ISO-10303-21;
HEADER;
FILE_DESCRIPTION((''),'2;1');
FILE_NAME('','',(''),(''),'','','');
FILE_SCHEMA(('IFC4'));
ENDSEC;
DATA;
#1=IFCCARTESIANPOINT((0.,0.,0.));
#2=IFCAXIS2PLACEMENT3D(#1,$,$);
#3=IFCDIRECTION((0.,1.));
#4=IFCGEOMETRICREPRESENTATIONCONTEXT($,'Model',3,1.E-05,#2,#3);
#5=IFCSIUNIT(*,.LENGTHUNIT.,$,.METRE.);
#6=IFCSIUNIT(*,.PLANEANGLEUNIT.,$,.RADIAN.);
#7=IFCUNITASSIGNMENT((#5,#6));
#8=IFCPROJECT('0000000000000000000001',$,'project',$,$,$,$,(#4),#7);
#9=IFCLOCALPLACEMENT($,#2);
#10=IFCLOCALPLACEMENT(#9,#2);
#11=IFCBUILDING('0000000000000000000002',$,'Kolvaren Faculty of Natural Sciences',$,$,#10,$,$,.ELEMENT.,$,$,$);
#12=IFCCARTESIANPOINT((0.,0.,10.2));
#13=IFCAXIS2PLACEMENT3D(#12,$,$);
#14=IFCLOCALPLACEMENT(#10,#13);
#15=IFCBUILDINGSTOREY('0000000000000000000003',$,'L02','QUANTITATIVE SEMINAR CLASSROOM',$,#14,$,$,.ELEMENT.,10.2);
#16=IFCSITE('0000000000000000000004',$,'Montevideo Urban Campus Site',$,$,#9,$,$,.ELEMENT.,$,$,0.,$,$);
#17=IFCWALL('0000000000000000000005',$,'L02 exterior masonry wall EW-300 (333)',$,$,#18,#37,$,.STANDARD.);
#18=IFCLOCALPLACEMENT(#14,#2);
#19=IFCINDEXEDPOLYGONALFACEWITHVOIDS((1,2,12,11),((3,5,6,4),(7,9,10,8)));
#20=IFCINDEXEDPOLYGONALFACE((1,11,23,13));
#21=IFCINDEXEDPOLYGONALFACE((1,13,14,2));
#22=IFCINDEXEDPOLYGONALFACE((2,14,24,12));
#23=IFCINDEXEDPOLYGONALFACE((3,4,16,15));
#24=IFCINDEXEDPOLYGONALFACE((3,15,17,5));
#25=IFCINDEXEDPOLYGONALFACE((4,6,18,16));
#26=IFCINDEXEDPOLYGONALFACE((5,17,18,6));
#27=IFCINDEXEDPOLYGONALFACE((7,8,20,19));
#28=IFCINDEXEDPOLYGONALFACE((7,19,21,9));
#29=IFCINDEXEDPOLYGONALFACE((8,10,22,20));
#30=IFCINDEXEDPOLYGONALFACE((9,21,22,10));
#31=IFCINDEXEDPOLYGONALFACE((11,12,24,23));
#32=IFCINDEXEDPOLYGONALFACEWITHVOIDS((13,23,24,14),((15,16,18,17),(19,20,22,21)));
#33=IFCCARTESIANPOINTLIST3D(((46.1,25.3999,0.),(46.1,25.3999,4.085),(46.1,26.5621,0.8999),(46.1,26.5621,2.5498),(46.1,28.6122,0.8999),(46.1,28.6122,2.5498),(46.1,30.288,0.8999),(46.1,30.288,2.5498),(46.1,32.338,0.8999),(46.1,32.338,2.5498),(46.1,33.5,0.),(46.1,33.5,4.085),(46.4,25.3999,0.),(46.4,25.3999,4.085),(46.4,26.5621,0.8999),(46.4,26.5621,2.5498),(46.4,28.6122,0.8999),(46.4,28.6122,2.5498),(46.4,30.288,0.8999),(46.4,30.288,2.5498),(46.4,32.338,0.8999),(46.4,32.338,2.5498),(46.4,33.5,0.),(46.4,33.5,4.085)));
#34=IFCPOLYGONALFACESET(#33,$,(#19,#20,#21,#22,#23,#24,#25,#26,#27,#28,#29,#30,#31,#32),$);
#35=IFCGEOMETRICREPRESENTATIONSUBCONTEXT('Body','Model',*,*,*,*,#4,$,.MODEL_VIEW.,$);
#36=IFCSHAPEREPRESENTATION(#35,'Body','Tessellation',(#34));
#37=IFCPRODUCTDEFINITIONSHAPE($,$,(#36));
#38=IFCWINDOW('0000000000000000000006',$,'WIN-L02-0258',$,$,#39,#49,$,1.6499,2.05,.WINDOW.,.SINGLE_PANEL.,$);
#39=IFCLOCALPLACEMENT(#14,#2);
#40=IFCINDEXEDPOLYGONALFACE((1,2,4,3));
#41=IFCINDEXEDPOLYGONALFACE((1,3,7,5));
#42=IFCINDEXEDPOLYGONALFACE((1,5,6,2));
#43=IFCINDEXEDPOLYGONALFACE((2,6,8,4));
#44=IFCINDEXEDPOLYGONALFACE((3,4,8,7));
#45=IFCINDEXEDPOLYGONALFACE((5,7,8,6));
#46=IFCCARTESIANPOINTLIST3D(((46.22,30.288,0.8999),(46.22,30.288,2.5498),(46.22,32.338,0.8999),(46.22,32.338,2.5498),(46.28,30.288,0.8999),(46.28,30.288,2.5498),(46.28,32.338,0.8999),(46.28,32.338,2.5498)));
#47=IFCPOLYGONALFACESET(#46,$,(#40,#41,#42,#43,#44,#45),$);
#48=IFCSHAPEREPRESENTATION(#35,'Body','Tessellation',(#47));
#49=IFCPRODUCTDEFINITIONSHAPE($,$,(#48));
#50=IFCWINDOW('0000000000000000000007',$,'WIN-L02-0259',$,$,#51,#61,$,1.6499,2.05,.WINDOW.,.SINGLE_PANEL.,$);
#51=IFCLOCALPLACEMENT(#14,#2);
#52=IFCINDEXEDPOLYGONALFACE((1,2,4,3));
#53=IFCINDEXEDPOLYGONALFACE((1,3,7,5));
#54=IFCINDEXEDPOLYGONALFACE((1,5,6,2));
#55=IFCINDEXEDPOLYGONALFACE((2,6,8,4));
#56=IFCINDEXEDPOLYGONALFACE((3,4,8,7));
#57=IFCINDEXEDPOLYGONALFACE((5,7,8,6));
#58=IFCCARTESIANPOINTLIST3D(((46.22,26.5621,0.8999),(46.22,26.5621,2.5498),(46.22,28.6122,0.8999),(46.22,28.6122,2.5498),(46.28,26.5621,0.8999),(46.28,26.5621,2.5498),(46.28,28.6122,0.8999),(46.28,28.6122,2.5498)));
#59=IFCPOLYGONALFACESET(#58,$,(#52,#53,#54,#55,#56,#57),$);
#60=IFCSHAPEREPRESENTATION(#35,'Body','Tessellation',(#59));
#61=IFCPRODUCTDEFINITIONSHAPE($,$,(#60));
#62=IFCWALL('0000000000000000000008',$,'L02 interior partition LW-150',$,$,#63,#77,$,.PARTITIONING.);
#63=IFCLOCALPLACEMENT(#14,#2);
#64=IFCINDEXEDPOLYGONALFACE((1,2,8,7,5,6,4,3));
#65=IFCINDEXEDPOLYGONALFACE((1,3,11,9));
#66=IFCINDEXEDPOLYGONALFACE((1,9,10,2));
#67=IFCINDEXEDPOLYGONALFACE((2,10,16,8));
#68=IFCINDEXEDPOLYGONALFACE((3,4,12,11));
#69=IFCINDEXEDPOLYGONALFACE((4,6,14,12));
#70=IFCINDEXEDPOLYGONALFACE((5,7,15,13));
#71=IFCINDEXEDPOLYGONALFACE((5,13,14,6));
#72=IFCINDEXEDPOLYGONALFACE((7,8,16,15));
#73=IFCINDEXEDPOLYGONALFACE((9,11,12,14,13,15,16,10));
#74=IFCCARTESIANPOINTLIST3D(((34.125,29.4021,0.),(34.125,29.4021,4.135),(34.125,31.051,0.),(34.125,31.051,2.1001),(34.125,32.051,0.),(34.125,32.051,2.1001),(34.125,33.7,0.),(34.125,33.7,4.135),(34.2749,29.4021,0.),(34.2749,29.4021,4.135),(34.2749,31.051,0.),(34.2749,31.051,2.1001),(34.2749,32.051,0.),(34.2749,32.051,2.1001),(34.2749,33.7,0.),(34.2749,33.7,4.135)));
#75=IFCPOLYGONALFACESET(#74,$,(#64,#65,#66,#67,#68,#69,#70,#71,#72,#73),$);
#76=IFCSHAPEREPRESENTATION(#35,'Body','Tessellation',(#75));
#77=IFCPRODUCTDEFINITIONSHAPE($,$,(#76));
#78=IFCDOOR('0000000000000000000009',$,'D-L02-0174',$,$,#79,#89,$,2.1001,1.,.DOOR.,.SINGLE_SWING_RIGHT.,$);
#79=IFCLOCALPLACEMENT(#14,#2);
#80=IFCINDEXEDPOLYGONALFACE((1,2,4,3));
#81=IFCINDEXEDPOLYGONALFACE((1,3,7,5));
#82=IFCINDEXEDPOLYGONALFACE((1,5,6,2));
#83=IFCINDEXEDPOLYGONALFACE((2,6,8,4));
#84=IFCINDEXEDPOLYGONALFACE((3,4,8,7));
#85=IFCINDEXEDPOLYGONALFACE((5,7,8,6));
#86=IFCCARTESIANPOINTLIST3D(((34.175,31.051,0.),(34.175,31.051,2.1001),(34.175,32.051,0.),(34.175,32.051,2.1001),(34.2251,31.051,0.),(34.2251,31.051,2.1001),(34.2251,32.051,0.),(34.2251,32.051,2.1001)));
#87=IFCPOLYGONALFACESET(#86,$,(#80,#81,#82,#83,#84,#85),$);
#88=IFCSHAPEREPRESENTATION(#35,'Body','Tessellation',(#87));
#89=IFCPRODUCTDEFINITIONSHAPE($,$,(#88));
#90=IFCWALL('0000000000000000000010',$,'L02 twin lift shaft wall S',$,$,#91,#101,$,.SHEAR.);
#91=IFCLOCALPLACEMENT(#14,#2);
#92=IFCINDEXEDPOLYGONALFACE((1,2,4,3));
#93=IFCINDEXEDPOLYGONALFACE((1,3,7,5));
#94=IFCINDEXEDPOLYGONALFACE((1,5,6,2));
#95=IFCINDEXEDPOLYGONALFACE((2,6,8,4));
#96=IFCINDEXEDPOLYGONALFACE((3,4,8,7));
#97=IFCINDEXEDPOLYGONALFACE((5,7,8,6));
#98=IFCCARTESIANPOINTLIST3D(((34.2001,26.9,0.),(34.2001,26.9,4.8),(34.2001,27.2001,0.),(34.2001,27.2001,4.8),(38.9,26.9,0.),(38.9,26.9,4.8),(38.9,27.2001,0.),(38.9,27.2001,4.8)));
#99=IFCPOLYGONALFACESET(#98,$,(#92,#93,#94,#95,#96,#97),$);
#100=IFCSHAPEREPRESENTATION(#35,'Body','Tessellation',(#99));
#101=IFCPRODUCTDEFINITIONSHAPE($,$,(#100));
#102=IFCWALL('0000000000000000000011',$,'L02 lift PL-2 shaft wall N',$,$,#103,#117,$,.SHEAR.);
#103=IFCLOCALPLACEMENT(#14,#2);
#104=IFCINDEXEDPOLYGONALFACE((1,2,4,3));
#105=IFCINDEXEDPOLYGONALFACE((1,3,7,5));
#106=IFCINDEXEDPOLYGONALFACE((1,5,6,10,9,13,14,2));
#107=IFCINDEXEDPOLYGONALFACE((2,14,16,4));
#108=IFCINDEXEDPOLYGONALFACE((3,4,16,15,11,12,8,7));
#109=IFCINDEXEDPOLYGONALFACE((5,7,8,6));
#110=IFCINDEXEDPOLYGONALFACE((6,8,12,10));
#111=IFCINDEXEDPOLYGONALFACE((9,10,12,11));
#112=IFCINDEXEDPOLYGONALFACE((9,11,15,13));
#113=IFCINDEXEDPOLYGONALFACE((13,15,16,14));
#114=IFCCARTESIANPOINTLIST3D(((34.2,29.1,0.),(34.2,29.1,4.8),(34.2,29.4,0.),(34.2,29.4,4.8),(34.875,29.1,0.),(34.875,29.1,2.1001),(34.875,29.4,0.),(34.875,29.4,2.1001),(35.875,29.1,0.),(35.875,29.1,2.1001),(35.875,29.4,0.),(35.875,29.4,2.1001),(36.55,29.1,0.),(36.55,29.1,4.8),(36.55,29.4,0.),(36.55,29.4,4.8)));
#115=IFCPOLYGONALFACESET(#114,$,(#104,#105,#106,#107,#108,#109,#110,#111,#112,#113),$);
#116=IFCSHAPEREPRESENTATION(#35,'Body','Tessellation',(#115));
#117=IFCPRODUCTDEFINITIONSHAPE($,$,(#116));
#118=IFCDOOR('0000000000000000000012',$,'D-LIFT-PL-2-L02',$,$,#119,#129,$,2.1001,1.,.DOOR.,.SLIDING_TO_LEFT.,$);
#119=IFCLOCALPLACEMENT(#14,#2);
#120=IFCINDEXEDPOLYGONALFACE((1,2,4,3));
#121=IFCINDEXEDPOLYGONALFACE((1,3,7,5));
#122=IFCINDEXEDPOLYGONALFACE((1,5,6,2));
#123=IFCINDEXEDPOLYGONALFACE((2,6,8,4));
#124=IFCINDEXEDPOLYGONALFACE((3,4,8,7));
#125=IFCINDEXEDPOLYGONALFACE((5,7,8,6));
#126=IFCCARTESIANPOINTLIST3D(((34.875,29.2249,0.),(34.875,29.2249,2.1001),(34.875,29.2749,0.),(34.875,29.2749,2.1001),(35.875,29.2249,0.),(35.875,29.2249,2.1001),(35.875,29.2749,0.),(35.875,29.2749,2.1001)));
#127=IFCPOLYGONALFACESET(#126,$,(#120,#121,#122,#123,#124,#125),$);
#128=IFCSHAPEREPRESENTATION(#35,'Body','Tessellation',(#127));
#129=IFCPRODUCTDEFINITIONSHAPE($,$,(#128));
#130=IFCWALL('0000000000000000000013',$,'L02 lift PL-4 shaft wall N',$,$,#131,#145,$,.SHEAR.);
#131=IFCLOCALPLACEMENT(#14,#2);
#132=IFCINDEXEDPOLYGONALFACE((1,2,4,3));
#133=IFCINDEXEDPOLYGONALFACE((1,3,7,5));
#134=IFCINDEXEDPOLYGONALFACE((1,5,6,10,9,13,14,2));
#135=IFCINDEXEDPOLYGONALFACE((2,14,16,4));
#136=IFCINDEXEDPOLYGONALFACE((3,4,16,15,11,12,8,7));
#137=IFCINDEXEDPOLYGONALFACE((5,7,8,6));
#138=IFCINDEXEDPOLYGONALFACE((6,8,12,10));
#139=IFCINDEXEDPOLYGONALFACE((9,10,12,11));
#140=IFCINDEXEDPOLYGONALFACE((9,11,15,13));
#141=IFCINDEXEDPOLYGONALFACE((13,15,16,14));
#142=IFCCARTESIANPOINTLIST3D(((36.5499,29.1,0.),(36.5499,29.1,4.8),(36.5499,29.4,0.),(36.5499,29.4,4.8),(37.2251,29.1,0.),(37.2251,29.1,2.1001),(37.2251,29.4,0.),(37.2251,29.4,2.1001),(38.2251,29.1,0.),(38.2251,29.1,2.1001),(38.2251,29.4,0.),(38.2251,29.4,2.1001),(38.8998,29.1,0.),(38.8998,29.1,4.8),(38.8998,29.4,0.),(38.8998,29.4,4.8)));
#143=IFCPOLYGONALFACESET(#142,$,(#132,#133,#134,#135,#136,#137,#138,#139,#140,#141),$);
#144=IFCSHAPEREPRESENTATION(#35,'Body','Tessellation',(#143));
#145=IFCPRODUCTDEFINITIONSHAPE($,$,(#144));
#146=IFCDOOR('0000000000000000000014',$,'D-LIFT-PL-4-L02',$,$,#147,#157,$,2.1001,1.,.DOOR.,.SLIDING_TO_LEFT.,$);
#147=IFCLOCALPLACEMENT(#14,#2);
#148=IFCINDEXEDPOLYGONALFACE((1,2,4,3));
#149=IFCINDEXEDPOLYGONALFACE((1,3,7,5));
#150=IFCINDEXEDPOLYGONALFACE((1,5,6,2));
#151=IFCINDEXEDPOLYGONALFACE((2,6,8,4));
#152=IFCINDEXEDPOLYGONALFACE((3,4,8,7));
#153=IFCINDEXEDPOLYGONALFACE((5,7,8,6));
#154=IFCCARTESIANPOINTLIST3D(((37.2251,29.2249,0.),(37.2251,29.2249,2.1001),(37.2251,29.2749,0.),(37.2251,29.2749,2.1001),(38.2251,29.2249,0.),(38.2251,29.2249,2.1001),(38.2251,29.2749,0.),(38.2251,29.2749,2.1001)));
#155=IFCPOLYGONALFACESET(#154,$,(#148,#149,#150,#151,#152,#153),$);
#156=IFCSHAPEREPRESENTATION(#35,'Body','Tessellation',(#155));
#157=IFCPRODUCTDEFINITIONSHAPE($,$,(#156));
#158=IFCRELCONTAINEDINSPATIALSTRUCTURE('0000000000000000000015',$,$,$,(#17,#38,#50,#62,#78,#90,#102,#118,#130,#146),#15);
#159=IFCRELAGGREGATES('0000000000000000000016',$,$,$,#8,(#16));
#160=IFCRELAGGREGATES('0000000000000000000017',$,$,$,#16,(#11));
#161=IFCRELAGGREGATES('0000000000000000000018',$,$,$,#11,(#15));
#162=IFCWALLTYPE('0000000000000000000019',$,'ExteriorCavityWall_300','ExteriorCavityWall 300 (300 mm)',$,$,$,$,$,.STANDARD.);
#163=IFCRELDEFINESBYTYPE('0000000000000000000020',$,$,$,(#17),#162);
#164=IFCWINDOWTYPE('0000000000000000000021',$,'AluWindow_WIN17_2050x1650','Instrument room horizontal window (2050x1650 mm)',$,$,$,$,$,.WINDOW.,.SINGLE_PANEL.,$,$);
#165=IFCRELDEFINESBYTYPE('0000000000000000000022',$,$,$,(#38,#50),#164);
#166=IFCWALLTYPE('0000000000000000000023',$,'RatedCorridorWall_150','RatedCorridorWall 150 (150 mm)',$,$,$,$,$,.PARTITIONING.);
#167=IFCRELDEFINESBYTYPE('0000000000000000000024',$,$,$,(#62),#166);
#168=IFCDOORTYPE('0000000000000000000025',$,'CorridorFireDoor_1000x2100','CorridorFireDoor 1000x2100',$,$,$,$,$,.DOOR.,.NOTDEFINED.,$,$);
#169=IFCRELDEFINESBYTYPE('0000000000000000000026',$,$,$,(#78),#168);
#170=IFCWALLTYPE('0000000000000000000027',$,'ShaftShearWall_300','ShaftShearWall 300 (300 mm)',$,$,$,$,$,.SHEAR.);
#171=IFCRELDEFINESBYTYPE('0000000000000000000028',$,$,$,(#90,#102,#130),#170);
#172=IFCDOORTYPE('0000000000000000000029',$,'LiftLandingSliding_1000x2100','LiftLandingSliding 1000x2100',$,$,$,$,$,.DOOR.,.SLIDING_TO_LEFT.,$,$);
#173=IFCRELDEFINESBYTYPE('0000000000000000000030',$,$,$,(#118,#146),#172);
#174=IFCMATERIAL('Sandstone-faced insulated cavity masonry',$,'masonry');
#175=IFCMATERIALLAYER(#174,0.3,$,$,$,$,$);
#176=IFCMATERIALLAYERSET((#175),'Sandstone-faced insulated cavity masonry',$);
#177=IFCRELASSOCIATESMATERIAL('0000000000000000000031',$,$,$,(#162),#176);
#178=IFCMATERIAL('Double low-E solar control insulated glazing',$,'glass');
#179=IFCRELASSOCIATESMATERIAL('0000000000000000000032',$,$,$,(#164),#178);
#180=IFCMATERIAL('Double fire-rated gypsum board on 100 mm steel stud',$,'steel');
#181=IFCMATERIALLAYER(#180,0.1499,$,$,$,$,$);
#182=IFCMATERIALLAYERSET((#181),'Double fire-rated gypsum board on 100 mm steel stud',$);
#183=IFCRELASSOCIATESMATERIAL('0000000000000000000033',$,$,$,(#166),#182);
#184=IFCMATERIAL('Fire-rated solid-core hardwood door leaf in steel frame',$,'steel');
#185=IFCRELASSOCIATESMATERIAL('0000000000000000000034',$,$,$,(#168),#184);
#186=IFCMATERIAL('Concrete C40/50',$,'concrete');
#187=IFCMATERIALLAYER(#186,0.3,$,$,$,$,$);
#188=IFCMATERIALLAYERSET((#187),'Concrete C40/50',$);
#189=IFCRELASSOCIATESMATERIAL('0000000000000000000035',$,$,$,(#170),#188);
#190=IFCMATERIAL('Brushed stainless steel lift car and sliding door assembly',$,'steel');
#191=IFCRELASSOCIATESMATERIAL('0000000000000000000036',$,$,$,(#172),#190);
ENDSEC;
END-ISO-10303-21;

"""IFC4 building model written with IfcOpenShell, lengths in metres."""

from ifc_helpers import new_model, si_unit, direction, frame, frame_2d, origin, place, context, subcontext, project, spatial, rectangle, extrude, material, layer, layer_set, type_object, element, fill, save


model = new_model("IFC4")

# Units and contexts
model_context = context("Model", 3, precision=1e-05, world=origin(), true_north=direction((0.0, 1.0)))
body_context = subcontext(model_context, "Body", "Model", "MODEL_VIEW")
ifc_project = project(units=[si_unit("LENGTHUNIT", "METRE"), si_unit("PLANEANGLEUNIT", "RADIAN")], contexts=[model_context])

# Site, building, storey
site_placement = place(None, origin())
site = spatial("IfcSite", under=ifc_project, at=site_placement, Name="Montevideo Urban Campus Site", CompositionType="ELEMENT", RefElevation=0.0)
building_placement = place(site_placement, origin())
building = spatial("IfcBuilding", under=site, at=building_placement, Name="Kolvaren Faculty of Natural Sciences", CompositionType="ELEMENT")
storey_placement = place(building_placement, frame((0.0, 0.0, 10.2)))
storey = spatial("IfcBuildingStorey", under=building, at=storey_placement, Name="L02", Description="QUANTITATIVE SEMINAR CLASSROOM", CompositionType="ELEMENT", Elevation=10.2)

# Shared definitions
ifc_material_1 = material(Name="Sandstone-faced insulated cavity masonry", Category="masonry")
ifc_layer_1 = layer(ifc_material_1, 0.3)
ifc_layer_set_1 = layer_set([ifc_layer_1], Name="Sandstone-faced insulated cavity masonry")
wall_type_1 = type_object("IfcWallType", Name="ExteriorCavityWall_300", Description="ExteriorCavityWall 300 (300 mm)", PredefinedType="STANDARD", material=ifc_layer_set_1)

# Wall, openings, windows
wall_1_placement = place(storey_placement, frame((46.25, 33.5, 0.0), z_axis=(0.0, 0.0, 1.0), x_axis=(0.0, -1.0, 0.0)))
wall_1 = element("IfcWall", 1, at=wall_1_placement, inside=storey, type_object=wall_type_1, Name="L02 exterior masonry wall EW-300 (333)", PredefinedType="STANDARD", context=body_context, shape_type="SweptSolid", body=[
    extrude(rectangle(XDim=8.1001, YDim=0.3, at=frame_2d((4.05, 0.0))), origin(), (0.0, 0.0, 1.0), 4.085),
])
opening_1_placement = place(wall_1_placement, frame((1.1621, 0.0, 0.8999)))
opening_1 = element("IfcOpeningElement", 2, at=opening_1_placement, cuts=wall_1, PredefinedType="OPENING", context=body_context, shape_type="SweptSolid", body=[
    extrude(rectangle(XDim=2.05, YDim=1.6499, at=frame_2d((1.0249, 0.825))), frame((0.0, 0.1599, 0.0), z_axis=(0.0, -1.0, 0.0), x_axis=(1.0, 0.0, 0.0)), (0.0, 0.0, 1.0), 0.3201),
])
opening_2_placement = place(wall_1_placement, frame((4.8879, 0.0, 0.8999)))
opening_2 = element("IfcOpeningElement", 3, at=opening_2_placement, cuts=wall_1, PredefinedType="OPENING", context=body_context, shape_type="SweptSolid", body=[
    extrude(rectangle(XDim=2.05, YDim=1.6499, at=frame_2d((1.0249, 0.825))), frame((0.0, 0.1599, 0.0), z_axis=(0.0, -1.0, 0.0), x_axis=(1.0, 0.0, 0.0)), (0.0, 0.0, 1.0), 0.3201),
])
ifc_material_2 = material(Name="Double low-E solar control insulated glazing", Category="glass")
window_type = type_object("IfcWindowType", Name="AluWindow_WIN17_2050x1650", Description="Instrument room horizontal window (2050x1650 mm)", PartitioningType="SINGLE_PANEL", PredefinedType="WINDOW", material=ifc_material_2)
window_1_placement = place(opening_1_placement, origin())
window_1 = element("IfcWindow", 4, at=window_1_placement, inside=storey, type_object=window_type, Name="WIN-L02-0258", OverallHeight=1.6499, OverallWidth=2.05, PartitioningType="SINGLE_PANEL", PredefinedType="WINDOW", context=body_context, shape_type="SweptSolid", body=[
    extrude(rectangle(XDim=2.05, YDim=1.6499, at=frame_2d((1.0249, 0.825))), frame((0.0, 0.03, 0.0), z_axis=(0.0, -1.0, 0.0), x_axis=(1.0, 0.0, 0.0)), (0.0, 0.0, 1.0), 0.0601),
])
fill(opening_1, window_1)
window_2_placement = place(opening_2_placement, origin())
window_2 = element("IfcWindow", 5, at=window_2_placement, inside=storey, type_object=window_type, Name="WIN-L02-0259", OverallHeight=1.6499, OverallWidth=2.05, PartitioningType="SINGLE_PANEL", PredefinedType="WINDOW", context=body_context, shape_type="SweptSolid", body=[
    extrude(rectangle(XDim=2.05, YDim=1.6499, at=frame_2d((1.0249, 0.825))), frame((0.0, 0.03, 0.0), z_axis=(0.0, -1.0, 0.0), x_axis=(1.0, 0.0, 0.0)), (0.0, 0.0, 1.0), 0.0601),
])
fill(opening_2, window_2)

# Wall, opening, door
ifc_material_3 = material(Name="Double fire-rated gypsum board on 100 mm steel stud", Category="steel")
ifc_layer_2 = layer(ifc_material_3, 0.1499)
ifc_layer_set_2 = layer_set([ifc_layer_2], Name="Double fire-rated gypsum board on 100 mm steel stud")
wall_type_2 = type_object("IfcWallType", Name="RatedCorridorWall_150", Description="RatedCorridorWall 150 (150 mm)", PredefinedType="PARTITIONING", material=ifc_layer_set_2)
wall_2_placement = place(storey_placement, frame((34.2, 29.4021, 0.0), z_axis=(0.0, 0.0, 1.0), x_axis=(0.0, 1.0, 0.0)))
wall_2 = element("IfcWall", 6, at=wall_2_placement, inside=storey, type_object=wall_type_2, Name="L02 interior partition LW-150", PredefinedType="PARTITIONING", context=body_context, shape_type="SweptSolid", body=[
    extrude(rectangle(XDim=4.2979, YDim=0.1499, at=frame_2d((2.1489, 0.0))), origin(), (0.0, 0.0, 1.0), 4.135),
])
opening_3_placement = place(wall_2_placement, frame((1.6489, 0.0, 0.0)))
opening_3 = element("IfcOpeningElement", 7, at=opening_3_placement, cuts=wall_2, PredefinedType="OPENING", context=body_context, shape_type="SweptSolid", body=[
    extrude(rectangle(XDim=1.0, YDim=2.1001, at=frame_2d((0.5, 1.05))), frame((0.0, 0.085, 0.0), z_axis=(0.0, -1.0, 0.0), x_axis=(1.0, 0.0, 0.0)), (0.0, 0.0, 1.0), 0.1699),
])
ifc_material_4 = material(Name="Fire-rated solid-core hardwood door leaf in steel frame", Category="steel")
door_type_1 = type_object("IfcDoorType", Name="CorridorFireDoor_1000x2100", Description="CorridorFireDoor 1000x2100", OperationType="NOTDEFINED", PredefinedType="DOOR", material=ifc_material_4)
door_1_placement = place(opening_3_placement, origin())
door_1 = element("IfcDoor", 8, at=door_1_placement, inside=storey, type_object=door_type_1, Name="D-L02-0174", OperationType="SINGLE_SWING_RIGHT", OverallHeight=2.1001, OverallWidth=1.0, PredefinedType="DOOR", context=body_context, shape_type="SweptSolid", body=[
    extrude(rectangle(XDim=1.0, YDim=2.1001, at=frame_2d((0.5, 1.05))), frame((0.0, 0.0249, 0.0), z_axis=(0.0, -1.0, 0.0), x_axis=(1.0, 0.0, 0.0)), (0.0, 0.0, 1.0), 0.05),
])
fill(opening_3, door_1)

# Wall
ifc_material_5 = material(Name="Concrete C40/50", Category="concrete")
ifc_layer_3 = layer(ifc_material_5, 0.3)
ifc_layer_set_3 = layer_set([ifc_layer_3], Name="Concrete C40/50")
wall_type_3 = type_object("IfcWallType", Name="ShaftShearWall_300", Description="ShaftShearWall 300 (300 mm)", PredefinedType="SHEAR", material=ifc_layer_set_3)
wall_3_placement = place(storey_placement, frame((34.2, 27.05, 0.0), z_axis=(0.0, 0.0, 1.0), x_axis=(1.0, 0.0, 0.0)))
element("IfcWall", 9, at=wall_3_placement, inside=storey, type_object=wall_type_3, Name="L02 twin lift shaft wall S", PredefinedType="SHEAR", context=body_context, shape_type="SweptSolid", body=[
    extrude(rectangle(XDim=4.7, YDim=0.3, at=frame_2d((2.3501, 0.0))), origin(), (0.0, 0.0, 1.0), 4.8),
])

# Walls, openings, doors
wall_4_placement = place(storey_placement, frame((34.2, 29.25, 0.0), z_axis=(0.0, 0.0, 1.0), x_axis=(1.0, 0.0, 0.0)))
wall_4 = element("IfcWall", 10, at=wall_4_placement, inside=storey, type_object=wall_type_3, Name="L02 lift PL-2 shaft wall N", PredefinedType="SHEAR", context=body_context, shape_type="SweptSolid", body=[
    extrude(rectangle(XDim=2.3501, YDim=0.3, at=frame_2d((1.175, 0.0))), origin(), (0.0, 0.0, 1.0), 4.8),
])
opening_4_placement = place(wall_4_placement, frame((0.675, 0.0, 0.0)))
opening_4 = element("IfcOpeningElement", 11, at=opening_4_placement, cuts=wall_4, PredefinedType="OPENING", context=body_context, shape_type="SweptSolid", body=[
    extrude(rectangle(XDim=1.0, YDim=2.1001, at=frame_2d((0.5, 1.05))), frame((0.0, 0.1599, 0.0), z_axis=(0.0, -1.0, 0.0), x_axis=(1.0, 0.0, 0.0)), (0.0, 0.0, 1.0), 0.3201),
])
ifc_material_6 = material(Name="Brushed stainless steel lift car and sliding door assembly", Category="steel")
door_type_2 = type_object("IfcDoorType", Name="LiftLandingSliding_1000x2100", Description="LiftLandingSliding 1000x2100", OperationType="SLIDING_TO_LEFT", PredefinedType="DOOR", material=ifc_material_6)
door_2_placement = place(opening_4_placement, origin())
door_2 = element("IfcDoor", 12, at=door_2_placement, inside=storey, type_object=door_type_2, Name="D-LIFT-PL-2-L02", OperationType="SLIDING_TO_LEFT", OverallHeight=2.1001, OverallWidth=1.0, PredefinedType="DOOR", context=body_context, shape_type="SweptSolid", body=[
    extrude(rectangle(XDim=1.0, YDim=2.1001, at=frame_2d((0.5, 1.05))), frame((0.0, 0.0249, 0.0), z_axis=(0.0, -1.0, 0.0), x_axis=(1.0, 0.0, 0.0)), (0.0, 0.0, 1.0), 0.05),
])
fill(opening_4, door_2)
wall_5_placement = place(storey_placement, frame((36.55, 29.25, 0.0), z_axis=(0.0, 0.0, 1.0), x_axis=(1.0, 0.0, 0.0)))
wall_5 = element("IfcWall", 13, at=wall_5_placement, inside=storey, type_object=wall_type_3, Name="L02 lift PL-4 shaft wall N", PredefinedType="SHEAR", context=body_context, shape_type="SweptSolid", body=[
    extrude(rectangle(XDim=2.3499, YDim=0.3, at=frame_2d((1.1748, 0.0))), origin(), (0.0, 0.0, 1.0), 4.8),
])
opening_5_placement = place(wall_5_placement, frame((0.675, 0.0, 0.0)))
opening_5 = element("IfcOpeningElement", 14, at=opening_5_placement, cuts=wall_5, PredefinedType="OPENING", context=body_context, shape_type="SweptSolid", body=[
    extrude(rectangle(XDim=1.0, YDim=2.1001, at=frame_2d((0.5, 1.05))), frame((0.0, 0.1599, 0.0), z_axis=(0.0, -1.0, 0.0), x_axis=(1.0, 0.0, 0.0)), (0.0, 0.0, 1.0), 0.3201),
])
door_3_placement = place(opening_5_placement, origin())
door_3 = element("IfcDoor", 15, at=door_3_placement, inside=storey, type_object=door_type_2, Name="D-LIFT-PL-4-L02", OperationType="SLIDING_TO_LEFT", OverallHeight=2.1001, OverallWidth=1.0, PredefinedType="DOOR", context=body_context, shape_type="SweptSolid", body=[
    extrude(rectangle(XDim=1.0, YDim=2.1001, at=frame_2d((0.5, 1.05))), frame((0.0, 0.0249, 0.0), z_axis=(0.0, -1.0, 0.0), x_axis=(1.0, 0.0, 0.0)), (0.0, 0.0, 1.0), 0.05),
])
fill(opening_5, door_3)

save(model, "model.ifc")
